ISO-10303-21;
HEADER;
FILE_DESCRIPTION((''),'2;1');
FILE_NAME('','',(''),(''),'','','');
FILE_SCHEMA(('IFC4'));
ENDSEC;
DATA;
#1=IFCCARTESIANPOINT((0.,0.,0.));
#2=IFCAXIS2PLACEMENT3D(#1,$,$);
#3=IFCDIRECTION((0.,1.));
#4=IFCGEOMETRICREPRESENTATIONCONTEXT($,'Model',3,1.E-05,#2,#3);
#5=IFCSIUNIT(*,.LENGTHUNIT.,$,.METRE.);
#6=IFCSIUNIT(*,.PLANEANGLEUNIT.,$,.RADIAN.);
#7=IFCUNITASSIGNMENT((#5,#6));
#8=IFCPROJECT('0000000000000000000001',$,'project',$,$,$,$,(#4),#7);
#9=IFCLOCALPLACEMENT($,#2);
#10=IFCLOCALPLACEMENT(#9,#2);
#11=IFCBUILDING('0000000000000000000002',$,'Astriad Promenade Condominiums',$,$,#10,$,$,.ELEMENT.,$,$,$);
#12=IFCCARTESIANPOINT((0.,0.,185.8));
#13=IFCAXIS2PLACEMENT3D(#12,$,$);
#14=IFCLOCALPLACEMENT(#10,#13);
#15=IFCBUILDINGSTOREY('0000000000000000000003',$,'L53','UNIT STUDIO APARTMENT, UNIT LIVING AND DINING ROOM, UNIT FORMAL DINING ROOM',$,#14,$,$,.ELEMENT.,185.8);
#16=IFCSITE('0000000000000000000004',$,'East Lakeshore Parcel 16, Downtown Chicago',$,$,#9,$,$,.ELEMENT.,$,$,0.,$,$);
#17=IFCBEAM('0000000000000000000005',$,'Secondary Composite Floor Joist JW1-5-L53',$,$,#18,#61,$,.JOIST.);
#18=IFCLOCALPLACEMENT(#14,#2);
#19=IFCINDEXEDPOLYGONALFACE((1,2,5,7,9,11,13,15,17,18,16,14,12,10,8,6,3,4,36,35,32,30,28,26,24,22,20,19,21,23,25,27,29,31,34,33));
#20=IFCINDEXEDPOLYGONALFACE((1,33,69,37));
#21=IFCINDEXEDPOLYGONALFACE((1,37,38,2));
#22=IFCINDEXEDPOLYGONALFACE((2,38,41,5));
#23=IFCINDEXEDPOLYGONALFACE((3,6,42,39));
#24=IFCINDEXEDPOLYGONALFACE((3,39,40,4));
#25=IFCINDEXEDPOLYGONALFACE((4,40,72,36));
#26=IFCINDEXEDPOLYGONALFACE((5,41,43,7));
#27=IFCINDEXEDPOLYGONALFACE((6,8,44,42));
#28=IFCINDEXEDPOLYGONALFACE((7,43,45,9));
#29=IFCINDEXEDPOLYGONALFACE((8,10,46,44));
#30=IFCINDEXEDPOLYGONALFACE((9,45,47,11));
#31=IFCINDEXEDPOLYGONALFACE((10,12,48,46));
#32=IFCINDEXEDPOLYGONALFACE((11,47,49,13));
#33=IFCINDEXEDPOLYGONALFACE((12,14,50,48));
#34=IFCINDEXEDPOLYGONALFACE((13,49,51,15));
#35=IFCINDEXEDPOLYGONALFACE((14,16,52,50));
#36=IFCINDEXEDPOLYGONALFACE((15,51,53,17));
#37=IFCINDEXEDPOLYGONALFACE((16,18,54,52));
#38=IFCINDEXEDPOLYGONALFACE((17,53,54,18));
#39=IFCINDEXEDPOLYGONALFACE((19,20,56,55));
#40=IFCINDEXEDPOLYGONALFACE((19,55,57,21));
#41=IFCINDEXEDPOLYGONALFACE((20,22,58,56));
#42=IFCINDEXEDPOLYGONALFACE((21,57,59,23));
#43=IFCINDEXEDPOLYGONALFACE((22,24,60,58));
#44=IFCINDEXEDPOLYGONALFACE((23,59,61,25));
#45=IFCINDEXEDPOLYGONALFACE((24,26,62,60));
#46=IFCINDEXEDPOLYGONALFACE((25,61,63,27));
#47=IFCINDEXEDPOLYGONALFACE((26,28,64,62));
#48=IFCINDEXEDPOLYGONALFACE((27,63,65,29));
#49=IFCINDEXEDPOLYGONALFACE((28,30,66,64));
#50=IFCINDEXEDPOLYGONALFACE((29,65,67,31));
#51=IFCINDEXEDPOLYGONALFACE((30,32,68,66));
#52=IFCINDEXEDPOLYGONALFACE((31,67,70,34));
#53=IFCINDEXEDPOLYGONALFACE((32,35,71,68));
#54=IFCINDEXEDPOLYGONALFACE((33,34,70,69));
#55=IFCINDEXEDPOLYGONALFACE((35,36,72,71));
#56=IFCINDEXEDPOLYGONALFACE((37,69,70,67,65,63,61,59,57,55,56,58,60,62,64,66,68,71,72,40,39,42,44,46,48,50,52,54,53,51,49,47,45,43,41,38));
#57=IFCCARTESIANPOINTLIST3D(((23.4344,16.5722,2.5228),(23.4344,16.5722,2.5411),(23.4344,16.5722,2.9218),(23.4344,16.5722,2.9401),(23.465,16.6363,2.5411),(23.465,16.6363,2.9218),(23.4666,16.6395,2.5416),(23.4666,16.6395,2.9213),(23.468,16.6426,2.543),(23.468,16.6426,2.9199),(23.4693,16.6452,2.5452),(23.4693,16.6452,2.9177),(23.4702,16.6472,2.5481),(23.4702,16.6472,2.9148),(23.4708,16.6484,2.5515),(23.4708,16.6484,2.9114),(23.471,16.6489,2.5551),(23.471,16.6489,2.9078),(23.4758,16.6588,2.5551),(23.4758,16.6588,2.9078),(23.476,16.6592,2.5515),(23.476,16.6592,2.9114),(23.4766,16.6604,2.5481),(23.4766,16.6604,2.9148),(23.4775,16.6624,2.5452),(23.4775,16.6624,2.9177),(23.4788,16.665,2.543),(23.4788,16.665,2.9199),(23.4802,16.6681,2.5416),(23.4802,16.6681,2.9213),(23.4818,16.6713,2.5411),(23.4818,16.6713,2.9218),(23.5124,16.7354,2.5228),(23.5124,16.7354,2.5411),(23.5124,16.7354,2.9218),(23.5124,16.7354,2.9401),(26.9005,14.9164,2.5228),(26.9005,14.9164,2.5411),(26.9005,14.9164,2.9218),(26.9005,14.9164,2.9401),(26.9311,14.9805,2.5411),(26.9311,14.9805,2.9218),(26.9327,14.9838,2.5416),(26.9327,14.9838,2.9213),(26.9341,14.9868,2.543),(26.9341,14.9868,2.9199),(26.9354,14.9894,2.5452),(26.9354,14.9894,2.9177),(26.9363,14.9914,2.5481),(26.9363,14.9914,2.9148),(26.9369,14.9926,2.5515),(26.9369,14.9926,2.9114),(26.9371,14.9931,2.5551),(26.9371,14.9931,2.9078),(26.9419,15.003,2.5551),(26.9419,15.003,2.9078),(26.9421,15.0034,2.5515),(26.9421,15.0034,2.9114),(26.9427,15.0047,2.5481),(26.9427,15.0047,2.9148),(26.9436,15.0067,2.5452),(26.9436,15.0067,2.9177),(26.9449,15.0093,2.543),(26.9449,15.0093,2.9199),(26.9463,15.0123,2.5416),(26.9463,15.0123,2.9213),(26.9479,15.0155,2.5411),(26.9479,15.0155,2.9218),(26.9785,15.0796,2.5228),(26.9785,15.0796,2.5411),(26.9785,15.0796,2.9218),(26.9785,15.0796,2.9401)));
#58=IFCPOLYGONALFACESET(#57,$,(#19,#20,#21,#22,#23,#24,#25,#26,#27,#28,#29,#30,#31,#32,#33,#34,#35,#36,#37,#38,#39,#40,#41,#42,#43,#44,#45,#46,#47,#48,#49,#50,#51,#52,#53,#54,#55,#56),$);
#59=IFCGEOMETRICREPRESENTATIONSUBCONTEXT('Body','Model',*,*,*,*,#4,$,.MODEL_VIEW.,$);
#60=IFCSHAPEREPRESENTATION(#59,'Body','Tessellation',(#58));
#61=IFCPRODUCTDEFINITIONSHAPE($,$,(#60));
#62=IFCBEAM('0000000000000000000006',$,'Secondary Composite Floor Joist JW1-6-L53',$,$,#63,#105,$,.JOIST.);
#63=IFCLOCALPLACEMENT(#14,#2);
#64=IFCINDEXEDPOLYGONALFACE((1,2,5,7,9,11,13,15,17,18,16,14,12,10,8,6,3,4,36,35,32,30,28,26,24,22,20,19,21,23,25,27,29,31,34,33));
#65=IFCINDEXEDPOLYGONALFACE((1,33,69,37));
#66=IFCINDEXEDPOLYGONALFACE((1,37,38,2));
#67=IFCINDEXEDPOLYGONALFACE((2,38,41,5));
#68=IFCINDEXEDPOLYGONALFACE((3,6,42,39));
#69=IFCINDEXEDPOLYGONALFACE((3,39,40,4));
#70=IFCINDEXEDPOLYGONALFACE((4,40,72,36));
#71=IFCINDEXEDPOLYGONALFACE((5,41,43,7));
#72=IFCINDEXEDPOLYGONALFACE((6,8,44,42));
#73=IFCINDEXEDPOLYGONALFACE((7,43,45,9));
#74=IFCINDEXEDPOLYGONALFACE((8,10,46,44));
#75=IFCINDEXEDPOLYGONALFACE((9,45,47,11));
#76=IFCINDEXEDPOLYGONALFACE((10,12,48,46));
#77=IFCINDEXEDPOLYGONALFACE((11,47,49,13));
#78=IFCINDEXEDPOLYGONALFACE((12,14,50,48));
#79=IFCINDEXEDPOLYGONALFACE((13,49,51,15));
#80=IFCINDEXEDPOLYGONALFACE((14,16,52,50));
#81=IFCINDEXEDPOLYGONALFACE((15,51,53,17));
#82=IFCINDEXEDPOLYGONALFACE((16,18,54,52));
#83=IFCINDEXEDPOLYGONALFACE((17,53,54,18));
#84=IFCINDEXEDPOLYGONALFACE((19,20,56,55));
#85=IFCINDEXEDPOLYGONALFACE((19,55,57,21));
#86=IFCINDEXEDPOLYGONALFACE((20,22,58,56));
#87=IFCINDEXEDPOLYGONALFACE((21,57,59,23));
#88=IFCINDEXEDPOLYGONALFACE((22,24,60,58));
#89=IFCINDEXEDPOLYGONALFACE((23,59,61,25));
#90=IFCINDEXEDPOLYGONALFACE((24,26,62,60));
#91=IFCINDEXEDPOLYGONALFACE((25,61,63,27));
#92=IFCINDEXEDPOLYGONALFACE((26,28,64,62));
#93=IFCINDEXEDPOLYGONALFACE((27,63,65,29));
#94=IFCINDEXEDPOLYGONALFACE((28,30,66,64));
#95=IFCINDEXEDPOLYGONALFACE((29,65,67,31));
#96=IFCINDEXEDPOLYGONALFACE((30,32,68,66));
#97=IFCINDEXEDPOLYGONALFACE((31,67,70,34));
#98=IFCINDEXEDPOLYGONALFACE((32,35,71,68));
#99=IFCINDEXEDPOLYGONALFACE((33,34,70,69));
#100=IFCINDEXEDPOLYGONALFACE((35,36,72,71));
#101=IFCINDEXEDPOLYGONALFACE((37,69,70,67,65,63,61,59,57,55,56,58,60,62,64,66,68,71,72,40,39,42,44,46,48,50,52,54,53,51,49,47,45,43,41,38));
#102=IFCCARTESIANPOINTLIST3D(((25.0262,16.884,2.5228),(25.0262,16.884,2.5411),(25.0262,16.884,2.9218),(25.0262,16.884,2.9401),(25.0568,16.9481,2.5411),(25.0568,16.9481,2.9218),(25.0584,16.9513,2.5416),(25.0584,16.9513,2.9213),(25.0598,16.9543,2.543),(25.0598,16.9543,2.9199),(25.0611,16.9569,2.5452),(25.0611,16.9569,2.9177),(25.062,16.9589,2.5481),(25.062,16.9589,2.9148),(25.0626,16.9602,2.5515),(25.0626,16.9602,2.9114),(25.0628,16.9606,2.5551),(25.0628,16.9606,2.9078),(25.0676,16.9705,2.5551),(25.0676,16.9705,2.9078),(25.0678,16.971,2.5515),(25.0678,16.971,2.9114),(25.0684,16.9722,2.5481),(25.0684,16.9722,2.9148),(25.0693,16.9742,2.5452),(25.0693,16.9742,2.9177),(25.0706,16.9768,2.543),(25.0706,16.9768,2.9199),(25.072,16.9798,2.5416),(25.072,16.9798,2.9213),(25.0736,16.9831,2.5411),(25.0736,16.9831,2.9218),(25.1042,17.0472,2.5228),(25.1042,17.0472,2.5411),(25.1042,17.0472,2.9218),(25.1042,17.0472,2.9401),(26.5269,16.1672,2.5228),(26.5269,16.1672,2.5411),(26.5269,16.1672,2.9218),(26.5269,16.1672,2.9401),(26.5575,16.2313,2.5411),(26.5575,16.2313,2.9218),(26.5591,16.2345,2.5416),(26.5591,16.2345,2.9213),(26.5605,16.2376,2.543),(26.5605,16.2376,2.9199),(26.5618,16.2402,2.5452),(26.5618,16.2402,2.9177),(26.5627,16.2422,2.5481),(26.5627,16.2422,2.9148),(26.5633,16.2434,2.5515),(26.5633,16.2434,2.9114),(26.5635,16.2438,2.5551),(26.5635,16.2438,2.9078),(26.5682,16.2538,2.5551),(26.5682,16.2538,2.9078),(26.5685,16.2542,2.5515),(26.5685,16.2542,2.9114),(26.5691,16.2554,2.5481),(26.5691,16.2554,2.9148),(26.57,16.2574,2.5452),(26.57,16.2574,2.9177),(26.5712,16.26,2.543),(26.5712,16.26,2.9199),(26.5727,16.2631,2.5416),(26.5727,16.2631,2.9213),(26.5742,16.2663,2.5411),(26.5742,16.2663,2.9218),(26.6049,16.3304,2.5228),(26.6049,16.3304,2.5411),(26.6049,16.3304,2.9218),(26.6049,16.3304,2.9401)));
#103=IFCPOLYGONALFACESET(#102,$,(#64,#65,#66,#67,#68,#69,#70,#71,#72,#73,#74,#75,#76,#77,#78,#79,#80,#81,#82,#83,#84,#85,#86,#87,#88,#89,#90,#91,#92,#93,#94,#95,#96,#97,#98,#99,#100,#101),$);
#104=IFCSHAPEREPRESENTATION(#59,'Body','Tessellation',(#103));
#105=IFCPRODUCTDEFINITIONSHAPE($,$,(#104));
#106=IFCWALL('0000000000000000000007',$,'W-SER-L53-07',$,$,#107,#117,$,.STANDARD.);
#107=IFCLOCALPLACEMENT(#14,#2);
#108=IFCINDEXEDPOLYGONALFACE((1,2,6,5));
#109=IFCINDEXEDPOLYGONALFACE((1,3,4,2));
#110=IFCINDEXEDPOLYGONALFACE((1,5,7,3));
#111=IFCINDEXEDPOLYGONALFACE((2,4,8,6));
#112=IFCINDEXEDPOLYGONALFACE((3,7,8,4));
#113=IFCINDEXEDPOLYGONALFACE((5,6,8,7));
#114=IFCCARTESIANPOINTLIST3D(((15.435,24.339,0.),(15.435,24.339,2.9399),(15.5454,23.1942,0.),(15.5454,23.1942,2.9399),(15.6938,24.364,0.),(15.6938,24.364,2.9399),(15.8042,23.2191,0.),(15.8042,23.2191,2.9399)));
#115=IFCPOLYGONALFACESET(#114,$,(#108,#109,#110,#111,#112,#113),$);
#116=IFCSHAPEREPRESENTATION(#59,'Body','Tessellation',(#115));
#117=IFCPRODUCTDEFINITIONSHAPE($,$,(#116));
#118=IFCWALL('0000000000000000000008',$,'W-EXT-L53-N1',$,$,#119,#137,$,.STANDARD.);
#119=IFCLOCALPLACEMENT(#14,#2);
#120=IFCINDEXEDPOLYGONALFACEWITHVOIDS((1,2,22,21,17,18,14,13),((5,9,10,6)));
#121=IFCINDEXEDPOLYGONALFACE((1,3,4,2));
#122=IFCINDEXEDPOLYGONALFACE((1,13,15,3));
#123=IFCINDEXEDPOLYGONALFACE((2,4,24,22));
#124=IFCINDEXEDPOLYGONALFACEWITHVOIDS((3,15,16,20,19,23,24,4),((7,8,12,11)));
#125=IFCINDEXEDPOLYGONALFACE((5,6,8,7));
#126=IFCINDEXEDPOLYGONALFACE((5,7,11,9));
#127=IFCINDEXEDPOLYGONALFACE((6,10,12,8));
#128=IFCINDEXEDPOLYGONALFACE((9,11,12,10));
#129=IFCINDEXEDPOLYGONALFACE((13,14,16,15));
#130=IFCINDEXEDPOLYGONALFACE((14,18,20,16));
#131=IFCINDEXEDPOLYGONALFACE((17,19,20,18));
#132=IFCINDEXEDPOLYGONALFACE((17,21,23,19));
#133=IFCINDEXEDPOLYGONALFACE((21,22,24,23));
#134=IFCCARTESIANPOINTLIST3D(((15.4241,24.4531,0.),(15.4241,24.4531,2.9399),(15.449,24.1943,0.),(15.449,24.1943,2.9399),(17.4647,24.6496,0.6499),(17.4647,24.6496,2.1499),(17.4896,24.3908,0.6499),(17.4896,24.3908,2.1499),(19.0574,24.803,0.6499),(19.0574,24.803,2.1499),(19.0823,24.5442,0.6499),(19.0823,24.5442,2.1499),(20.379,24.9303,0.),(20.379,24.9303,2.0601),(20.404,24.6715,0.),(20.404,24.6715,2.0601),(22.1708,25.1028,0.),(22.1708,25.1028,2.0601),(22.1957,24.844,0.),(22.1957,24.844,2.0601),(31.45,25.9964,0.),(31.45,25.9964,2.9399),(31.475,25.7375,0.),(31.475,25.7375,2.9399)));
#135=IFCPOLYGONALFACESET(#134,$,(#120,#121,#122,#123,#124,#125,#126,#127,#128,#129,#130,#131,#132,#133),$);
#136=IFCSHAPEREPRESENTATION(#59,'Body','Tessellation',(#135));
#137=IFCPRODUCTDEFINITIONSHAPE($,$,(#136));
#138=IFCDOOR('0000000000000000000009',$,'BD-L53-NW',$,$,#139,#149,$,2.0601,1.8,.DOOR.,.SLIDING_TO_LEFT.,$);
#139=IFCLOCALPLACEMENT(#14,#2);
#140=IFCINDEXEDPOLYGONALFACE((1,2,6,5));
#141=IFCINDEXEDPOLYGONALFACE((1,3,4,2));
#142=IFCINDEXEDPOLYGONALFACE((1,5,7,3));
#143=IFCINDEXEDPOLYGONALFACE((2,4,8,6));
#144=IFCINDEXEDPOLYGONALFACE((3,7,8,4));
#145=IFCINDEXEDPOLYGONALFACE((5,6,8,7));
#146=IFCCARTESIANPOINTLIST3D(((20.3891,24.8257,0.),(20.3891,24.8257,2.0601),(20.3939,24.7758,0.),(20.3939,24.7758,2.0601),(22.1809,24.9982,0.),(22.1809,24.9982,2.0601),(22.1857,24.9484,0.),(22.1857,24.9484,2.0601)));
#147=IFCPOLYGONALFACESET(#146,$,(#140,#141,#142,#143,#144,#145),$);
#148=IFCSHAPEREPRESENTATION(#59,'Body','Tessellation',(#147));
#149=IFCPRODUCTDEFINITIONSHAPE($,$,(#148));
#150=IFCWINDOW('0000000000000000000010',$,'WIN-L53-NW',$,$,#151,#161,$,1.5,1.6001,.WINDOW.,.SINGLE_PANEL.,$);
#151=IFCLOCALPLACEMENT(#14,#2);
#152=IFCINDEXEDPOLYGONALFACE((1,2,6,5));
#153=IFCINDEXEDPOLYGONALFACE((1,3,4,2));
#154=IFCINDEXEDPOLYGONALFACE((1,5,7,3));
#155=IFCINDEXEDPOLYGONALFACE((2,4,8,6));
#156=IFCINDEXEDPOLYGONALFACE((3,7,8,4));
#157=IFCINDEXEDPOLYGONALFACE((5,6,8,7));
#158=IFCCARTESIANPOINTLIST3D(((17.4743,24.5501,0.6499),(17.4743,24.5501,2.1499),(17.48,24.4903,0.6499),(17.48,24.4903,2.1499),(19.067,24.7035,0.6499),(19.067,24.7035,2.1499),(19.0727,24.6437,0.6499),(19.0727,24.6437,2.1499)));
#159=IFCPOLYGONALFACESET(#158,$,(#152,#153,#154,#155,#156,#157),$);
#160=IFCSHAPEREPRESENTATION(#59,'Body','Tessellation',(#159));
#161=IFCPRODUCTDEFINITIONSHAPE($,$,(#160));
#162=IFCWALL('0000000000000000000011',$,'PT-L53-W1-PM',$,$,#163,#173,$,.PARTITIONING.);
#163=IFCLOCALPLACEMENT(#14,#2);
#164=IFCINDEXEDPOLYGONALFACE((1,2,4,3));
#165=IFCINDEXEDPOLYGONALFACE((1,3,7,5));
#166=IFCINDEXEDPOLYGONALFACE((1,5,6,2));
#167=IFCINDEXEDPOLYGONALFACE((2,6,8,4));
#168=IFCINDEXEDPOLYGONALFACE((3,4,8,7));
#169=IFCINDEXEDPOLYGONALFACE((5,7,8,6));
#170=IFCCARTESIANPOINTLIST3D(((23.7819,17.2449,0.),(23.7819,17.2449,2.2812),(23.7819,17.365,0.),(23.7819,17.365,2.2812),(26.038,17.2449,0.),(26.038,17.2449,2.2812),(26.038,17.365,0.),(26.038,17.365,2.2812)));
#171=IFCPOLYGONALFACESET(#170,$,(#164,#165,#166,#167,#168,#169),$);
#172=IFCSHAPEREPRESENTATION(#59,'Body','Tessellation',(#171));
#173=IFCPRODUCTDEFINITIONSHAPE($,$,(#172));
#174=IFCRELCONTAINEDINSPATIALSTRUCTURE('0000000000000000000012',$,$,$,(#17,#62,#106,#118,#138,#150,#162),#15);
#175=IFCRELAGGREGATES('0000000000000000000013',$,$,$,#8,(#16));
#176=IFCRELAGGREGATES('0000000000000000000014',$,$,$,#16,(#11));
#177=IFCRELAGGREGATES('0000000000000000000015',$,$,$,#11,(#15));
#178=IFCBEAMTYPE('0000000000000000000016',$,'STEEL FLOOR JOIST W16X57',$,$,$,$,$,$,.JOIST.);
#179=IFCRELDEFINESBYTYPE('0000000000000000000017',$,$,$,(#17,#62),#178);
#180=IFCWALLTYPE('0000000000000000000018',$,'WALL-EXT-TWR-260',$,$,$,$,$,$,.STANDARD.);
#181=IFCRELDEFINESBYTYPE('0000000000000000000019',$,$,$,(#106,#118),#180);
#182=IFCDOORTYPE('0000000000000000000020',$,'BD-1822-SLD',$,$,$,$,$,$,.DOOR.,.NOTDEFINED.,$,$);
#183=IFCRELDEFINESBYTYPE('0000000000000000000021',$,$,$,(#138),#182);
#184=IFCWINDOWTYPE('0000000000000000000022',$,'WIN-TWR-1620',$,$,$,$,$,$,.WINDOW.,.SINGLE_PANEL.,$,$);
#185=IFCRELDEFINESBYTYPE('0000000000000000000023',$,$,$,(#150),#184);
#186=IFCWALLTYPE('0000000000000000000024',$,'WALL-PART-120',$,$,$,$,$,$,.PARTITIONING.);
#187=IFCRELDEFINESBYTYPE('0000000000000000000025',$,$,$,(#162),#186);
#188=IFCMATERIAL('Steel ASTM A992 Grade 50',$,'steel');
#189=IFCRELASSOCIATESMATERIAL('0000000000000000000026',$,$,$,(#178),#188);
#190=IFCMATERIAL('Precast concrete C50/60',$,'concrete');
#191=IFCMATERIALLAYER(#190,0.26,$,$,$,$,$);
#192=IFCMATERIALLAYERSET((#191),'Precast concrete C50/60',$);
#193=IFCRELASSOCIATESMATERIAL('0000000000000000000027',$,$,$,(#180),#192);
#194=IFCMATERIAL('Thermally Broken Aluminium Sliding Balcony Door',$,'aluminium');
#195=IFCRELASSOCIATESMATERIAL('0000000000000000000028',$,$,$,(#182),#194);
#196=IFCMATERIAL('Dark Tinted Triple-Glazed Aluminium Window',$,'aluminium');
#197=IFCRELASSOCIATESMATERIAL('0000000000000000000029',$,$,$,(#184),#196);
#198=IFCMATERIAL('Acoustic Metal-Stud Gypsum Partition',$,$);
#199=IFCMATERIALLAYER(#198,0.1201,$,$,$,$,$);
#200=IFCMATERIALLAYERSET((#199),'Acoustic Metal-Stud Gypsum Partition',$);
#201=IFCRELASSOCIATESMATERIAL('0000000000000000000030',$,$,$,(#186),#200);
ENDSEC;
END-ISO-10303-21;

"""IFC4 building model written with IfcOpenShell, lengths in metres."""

from ifc_helpers import new_model, si_unit, direction, frame, frame_2d, origin, origin_2d, place, context, subcontext, project, spatial, rectangle, i_section, extrude, source, transform, mapped, material, layer, layer_set, material_profile, profile_set, type_object, type_shapes, element, fill, save


model = new_model("IFC4")

# Units and contexts
model_context = context("Model", 3, precision=1e-05, world=origin(), true_north=direction((0.0, 1.0)))
body_context = subcontext(model_context, "Body", "Model", "MODEL_VIEW")
ifc_project = project(units=[si_unit("LENGTHUNIT", "METRE"), si_unit("PLANEANGLEUNIT", "RADIAN")], contexts=[model_context])

# Site, building, storey
site_placement = place(None, origin())
site = spatial("IfcSite", under=ifc_project, at=site_placement, Name="East Lakeshore Parcel 16, Downtown Chicago", CompositionType="ELEMENT", RefElevation=0.0)
building_placement = place(site_placement, origin())
building = spatial("IfcBuilding", under=site, at=building_placement, Name="Astriad Promenade Condominiums", CompositionType="ELEMENT")
storey_placement = place(building_placement, frame((0.0, 0.0, 185.8)))
storey = spatial("IfcBuildingStorey", under=building, at=storey_placement, Name="L53", Description="UNIT STUDIO APARTMENT, UNIT LIVING AND DINING ROOM, UNIT FORMAL DINING ROOM", CompositionType="ELEMENT", Elevation=185.8)

# Beams
ifc_material_1 = material(Name="Steel ASTM A992 Grade 50", Category="steel")
ifc_material_profile_1 = material_profile(ifc_material_1, i_section(OverallWidth=0.1809, OverallDepth=0.4172, WebThickness=0.011, FlangeThickness=0.0183, FilletRadius=0.0139, at=origin_2d()), Name="W16X57")
ifc_profile_set_1 = profile_set([ifc_material_profile_1], Name="Steel ASTM A992 Grade 50")
beam_type_1 = type_object("IfcBeamType", Name="STEEL FLOOR JOIST W16X57", PredefinedType="JOIST", material=ifc_profile_set_1)
shared_shape_1 = source(origin(), body_context, "Body", "SweptSolid", [
    extrude(i_section(OverallWidth=0.1809, OverallDepth=0.4172, WebThickness=0.011, FlangeThickness=0.0183, FilletRadius=0.0139, at=origin_2d()), origin(), (0.0, 0.0, 1.0), 3.8413),
])
beam_1_placement = place(storey_placement, frame((23.4734, 16.6538, 2.7314), z_axis=(0.902329, -0.431048, 0.0), x_axis=(0.431048, 0.902329, 0.0)))
element("IfcBeam", 1, at=beam_1_placement, inside=storey, type_object=beam_type_1, Name="Secondary Composite Floor Joist JW1-5-L53", PredefinedType="JOIST", context=body_context, shape_type="MappedRepresentation", body=[
    mapped(shared_shape_1, transform((0.0, 0.0, 0.0), scale=1.0)),
])
shared_shape_2 = source(origin(), body_context, "Body", "SweptSolid", [
    extrude(i_section(OverallWidth=0.1809, OverallDepth=0.4172, WebThickness=0.011, FlangeThickness=0.0183, FilletRadius=0.0139, at=origin_2d()), origin(), (0.0, 0.0, 1.0), 1.6631),
])
beam_2_placement = place(storey_placement, frame((25.0652, 16.9656, 2.7314), z_axis=(0.902355, -0.430993, 0.0), x_axis=(0.430993, 0.902355, 0.0)))
element("IfcBeam", 2, at=beam_2_placement, inside=storey, type_object=beam_type_1, Name="Secondary Composite Floor Joist JW1-6-L53", PredefinedType="JOIST", context=body_context, shape_type="MappedRepresentation", body=[
    mapped(shared_shape_2, transform((0.0, 0.0, 0.0), scale=1.0)),
])

# Wall
ifc_material_2 = material(Name="Precast concrete C50/60", Category="concrete")
ifc_layer_1 = layer(ifc_material_2, 0.26)
ifc_layer_set_1 = layer_set([ifc_layer_1], Name="Precast concrete C50/60")
wall_type_1 = type_object("IfcWallType", Name="WALL-EXT-TWR-260", PredefinedType="STANDARD", material=ifc_layer_set_1)
wall_1_placement = place(storey_placement, frame((15.6748, 23.2065, 0.0), z_axis=(0.0, 0.0, 1.0), x_axis=(-0.095951, 0.995386, 0.0)))
element("IfcWall", 3, at=wall_1_placement, inside=storey, type_object=wall_type_1, Name="W-SER-L53-07", PredefinedType="STANDARD", context=body_context, shape_type="SweptSolid", body=[
    extrude(rectangle(XDim=1.1501, YDim=0.26, at=frame_2d((0.5752, 0.0))), origin(), (0.0, 0.0, 1.0), 2.9399),
])

# Wall, openings, door, window
wall_2_placement = place(storey_placement, frame((15.4365, 24.3237, 0.0), z_axis=(0.0, 0.0, 1.0), x_axis=(0.995396, 0.095852, 0.0)))
wall_2 = element("IfcWall", 4, at=wall_2_placement, inside=storey, type_object=wall_type_1, Name="W-EXT-L53-N1", PredefinedType="STANDARD", context=body_context, shape_type="SweptSolid", body=[
    extrude(rectangle(XDim=16.1001, YDim=0.26, at=frame_2d((8.05, 0.0))), origin(), (0.0, 0.0, 1.0), 2.9399),
])
opening_1_placement = place(wall_2_placement, frame((4.978, 0.0, 0.0)))
opening_1 = element("IfcOpeningElement", 5, at=opening_1_placement, cuts=wall_2, PredefinedType="OPENING", context=body_context, shape_type="SweptSolid", body=[
    extrude(rectangle(XDim=1.8, YDim=2.0601, at=frame_2d((0.8999, 1.03))), frame((0.0, 0.1399, 0.0), z_axis=(0.0, -1.0, 0.0), x_axis=(1.0, 0.0, 0.0)), (0.0, 0.0, 1.0), 0.28),
])
opening_2_placement = place(wall_2_placement, frame((2.05, 0.0, 0.6499)))
opening_2 = element("IfcOpeningElement", 6, at=opening_2_placement, cuts=wall_2, PredefinedType="OPENING", context=body_context, shape_type="SweptSolid", body=[
    extrude(rectangle(XDim=1.6001, YDim=1.5, at=frame_2d((0.8, 0.75))), frame((0.0, 0.1399, 0.0), z_axis=(0.0, -1.0, 0.0), x_axis=(1.0, 0.0, 0.0)), (0.0, 0.0, 1.0), 0.28),
])
ifc_material_3 = material(Name="Thermally Broken Aluminium Sliding Balcony Door", Category="aluminium")
door_type_1 = type_object("IfcDoorType", Name="BD-1822-SLD", OperationType="NOTDEFINED", PredefinedType="DOOR", material=ifc_material_3)
shared_shape_3 = source(origin(), body_context, "Body", "SweptSolid", [
    extrude(rectangle(XDim=1.8, YDim=2.0601, at=frame_2d((0.8999, 1.03))), frame((0.0, 0.0249, 0.0), z_axis=(0.0, -1.0, 0.0), x_axis=(1.0, 0.0, 0.0)), (0.0, 0.0, 1.0), 0.05),
])
type_shapes(door_type_1, [shared_shape_3])
door_1_placement = place(opening_1_placement, origin())
door_1 = element("IfcDoor", 7, at=door_1_placement, inside=storey, type_object=door_type_1, Name="BD-L53-NW", OperationType="SLIDING_TO_LEFT", OverallHeight=2.0601, OverallWidth=1.8, PredefinedType="DOOR", context=body_context, shape_type="MappedRepresentation", body=[
    mapped(shared_shape_3, transform((0.0, 0.0, 0.0), scale=1.0)),
])
fill(opening_1, door_1)
ifc_material_4 = material(Name="Dark Tinted Triple-Glazed Aluminium Window", Category="aluminium")
window_type = type_object("IfcWindowType", Name="WIN-TWR-1620", PartitioningType="SINGLE_PANEL", PredefinedType="WINDOW", material=ifc_material_4)
shared_shape_4 = source(origin(), body_context, "Body", "SweptSolid", [
    extrude(rectangle(XDim=1.6001, YDim=1.5, at=frame_2d((0.8, 0.75))), frame((0.0, 0.03, 0.0), z_axis=(0.0, -1.0, 0.0), x_axis=(1.0, 0.0, 0.0)), (0.0, 0.0, 1.0), 0.0601),
])
type_shapes(window_type, [shared_shape_4])
window_placement = place(opening_2_placement, origin())
window = element("IfcWindow", 8, at=window_placement, inside=storey, type_object=window_type, Name="WIN-L53-NW", OverallHeight=1.5, OverallWidth=1.6001, PartitioningType="SINGLE_PANEL", PredefinedType="WINDOW", context=body_context, shape_type="MappedRepresentation", body=[
    mapped(shared_shape_4, transform((0.0, 0.0, 0.0), scale=1.0)),
])
fill(opening_2, window)

# Wall
ifc_material_5 = material(Name="Acoustic Metal-Stud Gypsum Partition")
ifc_layer_2 = layer(ifc_material_5, 0.1201)
ifc_layer_set_2 = layer_set([ifc_layer_2], Name="Acoustic Metal-Stud Gypsum Partition")
wall_type_2 = type_object("IfcWallType", Name="WALL-PART-120", PredefinedType="PARTITIONING", material=ifc_layer_set_2)
wall_3_placement = place(storey_placement, frame((23.782, 17.3049, 0.0), z_axis=(0.0, 0.0, 1.0), x_axis=(1.0, 0.0, 0.0)))
element("IfcWall", 9, at=wall_3_placement, inside=storey, type_object=wall_type_2, Name="PT-L53-W1-PM", PredefinedType="PARTITIONING", context=body_context, shape_type="SweptSolid", body=[
    extrude(rectangle(XDim=2.2561, YDim=0.1201, at=frame_2d((1.1279, 0.0))), origin(), (0.0, 0.0, 1.0), 2.2812),
])

save(model, "model.ifc")
